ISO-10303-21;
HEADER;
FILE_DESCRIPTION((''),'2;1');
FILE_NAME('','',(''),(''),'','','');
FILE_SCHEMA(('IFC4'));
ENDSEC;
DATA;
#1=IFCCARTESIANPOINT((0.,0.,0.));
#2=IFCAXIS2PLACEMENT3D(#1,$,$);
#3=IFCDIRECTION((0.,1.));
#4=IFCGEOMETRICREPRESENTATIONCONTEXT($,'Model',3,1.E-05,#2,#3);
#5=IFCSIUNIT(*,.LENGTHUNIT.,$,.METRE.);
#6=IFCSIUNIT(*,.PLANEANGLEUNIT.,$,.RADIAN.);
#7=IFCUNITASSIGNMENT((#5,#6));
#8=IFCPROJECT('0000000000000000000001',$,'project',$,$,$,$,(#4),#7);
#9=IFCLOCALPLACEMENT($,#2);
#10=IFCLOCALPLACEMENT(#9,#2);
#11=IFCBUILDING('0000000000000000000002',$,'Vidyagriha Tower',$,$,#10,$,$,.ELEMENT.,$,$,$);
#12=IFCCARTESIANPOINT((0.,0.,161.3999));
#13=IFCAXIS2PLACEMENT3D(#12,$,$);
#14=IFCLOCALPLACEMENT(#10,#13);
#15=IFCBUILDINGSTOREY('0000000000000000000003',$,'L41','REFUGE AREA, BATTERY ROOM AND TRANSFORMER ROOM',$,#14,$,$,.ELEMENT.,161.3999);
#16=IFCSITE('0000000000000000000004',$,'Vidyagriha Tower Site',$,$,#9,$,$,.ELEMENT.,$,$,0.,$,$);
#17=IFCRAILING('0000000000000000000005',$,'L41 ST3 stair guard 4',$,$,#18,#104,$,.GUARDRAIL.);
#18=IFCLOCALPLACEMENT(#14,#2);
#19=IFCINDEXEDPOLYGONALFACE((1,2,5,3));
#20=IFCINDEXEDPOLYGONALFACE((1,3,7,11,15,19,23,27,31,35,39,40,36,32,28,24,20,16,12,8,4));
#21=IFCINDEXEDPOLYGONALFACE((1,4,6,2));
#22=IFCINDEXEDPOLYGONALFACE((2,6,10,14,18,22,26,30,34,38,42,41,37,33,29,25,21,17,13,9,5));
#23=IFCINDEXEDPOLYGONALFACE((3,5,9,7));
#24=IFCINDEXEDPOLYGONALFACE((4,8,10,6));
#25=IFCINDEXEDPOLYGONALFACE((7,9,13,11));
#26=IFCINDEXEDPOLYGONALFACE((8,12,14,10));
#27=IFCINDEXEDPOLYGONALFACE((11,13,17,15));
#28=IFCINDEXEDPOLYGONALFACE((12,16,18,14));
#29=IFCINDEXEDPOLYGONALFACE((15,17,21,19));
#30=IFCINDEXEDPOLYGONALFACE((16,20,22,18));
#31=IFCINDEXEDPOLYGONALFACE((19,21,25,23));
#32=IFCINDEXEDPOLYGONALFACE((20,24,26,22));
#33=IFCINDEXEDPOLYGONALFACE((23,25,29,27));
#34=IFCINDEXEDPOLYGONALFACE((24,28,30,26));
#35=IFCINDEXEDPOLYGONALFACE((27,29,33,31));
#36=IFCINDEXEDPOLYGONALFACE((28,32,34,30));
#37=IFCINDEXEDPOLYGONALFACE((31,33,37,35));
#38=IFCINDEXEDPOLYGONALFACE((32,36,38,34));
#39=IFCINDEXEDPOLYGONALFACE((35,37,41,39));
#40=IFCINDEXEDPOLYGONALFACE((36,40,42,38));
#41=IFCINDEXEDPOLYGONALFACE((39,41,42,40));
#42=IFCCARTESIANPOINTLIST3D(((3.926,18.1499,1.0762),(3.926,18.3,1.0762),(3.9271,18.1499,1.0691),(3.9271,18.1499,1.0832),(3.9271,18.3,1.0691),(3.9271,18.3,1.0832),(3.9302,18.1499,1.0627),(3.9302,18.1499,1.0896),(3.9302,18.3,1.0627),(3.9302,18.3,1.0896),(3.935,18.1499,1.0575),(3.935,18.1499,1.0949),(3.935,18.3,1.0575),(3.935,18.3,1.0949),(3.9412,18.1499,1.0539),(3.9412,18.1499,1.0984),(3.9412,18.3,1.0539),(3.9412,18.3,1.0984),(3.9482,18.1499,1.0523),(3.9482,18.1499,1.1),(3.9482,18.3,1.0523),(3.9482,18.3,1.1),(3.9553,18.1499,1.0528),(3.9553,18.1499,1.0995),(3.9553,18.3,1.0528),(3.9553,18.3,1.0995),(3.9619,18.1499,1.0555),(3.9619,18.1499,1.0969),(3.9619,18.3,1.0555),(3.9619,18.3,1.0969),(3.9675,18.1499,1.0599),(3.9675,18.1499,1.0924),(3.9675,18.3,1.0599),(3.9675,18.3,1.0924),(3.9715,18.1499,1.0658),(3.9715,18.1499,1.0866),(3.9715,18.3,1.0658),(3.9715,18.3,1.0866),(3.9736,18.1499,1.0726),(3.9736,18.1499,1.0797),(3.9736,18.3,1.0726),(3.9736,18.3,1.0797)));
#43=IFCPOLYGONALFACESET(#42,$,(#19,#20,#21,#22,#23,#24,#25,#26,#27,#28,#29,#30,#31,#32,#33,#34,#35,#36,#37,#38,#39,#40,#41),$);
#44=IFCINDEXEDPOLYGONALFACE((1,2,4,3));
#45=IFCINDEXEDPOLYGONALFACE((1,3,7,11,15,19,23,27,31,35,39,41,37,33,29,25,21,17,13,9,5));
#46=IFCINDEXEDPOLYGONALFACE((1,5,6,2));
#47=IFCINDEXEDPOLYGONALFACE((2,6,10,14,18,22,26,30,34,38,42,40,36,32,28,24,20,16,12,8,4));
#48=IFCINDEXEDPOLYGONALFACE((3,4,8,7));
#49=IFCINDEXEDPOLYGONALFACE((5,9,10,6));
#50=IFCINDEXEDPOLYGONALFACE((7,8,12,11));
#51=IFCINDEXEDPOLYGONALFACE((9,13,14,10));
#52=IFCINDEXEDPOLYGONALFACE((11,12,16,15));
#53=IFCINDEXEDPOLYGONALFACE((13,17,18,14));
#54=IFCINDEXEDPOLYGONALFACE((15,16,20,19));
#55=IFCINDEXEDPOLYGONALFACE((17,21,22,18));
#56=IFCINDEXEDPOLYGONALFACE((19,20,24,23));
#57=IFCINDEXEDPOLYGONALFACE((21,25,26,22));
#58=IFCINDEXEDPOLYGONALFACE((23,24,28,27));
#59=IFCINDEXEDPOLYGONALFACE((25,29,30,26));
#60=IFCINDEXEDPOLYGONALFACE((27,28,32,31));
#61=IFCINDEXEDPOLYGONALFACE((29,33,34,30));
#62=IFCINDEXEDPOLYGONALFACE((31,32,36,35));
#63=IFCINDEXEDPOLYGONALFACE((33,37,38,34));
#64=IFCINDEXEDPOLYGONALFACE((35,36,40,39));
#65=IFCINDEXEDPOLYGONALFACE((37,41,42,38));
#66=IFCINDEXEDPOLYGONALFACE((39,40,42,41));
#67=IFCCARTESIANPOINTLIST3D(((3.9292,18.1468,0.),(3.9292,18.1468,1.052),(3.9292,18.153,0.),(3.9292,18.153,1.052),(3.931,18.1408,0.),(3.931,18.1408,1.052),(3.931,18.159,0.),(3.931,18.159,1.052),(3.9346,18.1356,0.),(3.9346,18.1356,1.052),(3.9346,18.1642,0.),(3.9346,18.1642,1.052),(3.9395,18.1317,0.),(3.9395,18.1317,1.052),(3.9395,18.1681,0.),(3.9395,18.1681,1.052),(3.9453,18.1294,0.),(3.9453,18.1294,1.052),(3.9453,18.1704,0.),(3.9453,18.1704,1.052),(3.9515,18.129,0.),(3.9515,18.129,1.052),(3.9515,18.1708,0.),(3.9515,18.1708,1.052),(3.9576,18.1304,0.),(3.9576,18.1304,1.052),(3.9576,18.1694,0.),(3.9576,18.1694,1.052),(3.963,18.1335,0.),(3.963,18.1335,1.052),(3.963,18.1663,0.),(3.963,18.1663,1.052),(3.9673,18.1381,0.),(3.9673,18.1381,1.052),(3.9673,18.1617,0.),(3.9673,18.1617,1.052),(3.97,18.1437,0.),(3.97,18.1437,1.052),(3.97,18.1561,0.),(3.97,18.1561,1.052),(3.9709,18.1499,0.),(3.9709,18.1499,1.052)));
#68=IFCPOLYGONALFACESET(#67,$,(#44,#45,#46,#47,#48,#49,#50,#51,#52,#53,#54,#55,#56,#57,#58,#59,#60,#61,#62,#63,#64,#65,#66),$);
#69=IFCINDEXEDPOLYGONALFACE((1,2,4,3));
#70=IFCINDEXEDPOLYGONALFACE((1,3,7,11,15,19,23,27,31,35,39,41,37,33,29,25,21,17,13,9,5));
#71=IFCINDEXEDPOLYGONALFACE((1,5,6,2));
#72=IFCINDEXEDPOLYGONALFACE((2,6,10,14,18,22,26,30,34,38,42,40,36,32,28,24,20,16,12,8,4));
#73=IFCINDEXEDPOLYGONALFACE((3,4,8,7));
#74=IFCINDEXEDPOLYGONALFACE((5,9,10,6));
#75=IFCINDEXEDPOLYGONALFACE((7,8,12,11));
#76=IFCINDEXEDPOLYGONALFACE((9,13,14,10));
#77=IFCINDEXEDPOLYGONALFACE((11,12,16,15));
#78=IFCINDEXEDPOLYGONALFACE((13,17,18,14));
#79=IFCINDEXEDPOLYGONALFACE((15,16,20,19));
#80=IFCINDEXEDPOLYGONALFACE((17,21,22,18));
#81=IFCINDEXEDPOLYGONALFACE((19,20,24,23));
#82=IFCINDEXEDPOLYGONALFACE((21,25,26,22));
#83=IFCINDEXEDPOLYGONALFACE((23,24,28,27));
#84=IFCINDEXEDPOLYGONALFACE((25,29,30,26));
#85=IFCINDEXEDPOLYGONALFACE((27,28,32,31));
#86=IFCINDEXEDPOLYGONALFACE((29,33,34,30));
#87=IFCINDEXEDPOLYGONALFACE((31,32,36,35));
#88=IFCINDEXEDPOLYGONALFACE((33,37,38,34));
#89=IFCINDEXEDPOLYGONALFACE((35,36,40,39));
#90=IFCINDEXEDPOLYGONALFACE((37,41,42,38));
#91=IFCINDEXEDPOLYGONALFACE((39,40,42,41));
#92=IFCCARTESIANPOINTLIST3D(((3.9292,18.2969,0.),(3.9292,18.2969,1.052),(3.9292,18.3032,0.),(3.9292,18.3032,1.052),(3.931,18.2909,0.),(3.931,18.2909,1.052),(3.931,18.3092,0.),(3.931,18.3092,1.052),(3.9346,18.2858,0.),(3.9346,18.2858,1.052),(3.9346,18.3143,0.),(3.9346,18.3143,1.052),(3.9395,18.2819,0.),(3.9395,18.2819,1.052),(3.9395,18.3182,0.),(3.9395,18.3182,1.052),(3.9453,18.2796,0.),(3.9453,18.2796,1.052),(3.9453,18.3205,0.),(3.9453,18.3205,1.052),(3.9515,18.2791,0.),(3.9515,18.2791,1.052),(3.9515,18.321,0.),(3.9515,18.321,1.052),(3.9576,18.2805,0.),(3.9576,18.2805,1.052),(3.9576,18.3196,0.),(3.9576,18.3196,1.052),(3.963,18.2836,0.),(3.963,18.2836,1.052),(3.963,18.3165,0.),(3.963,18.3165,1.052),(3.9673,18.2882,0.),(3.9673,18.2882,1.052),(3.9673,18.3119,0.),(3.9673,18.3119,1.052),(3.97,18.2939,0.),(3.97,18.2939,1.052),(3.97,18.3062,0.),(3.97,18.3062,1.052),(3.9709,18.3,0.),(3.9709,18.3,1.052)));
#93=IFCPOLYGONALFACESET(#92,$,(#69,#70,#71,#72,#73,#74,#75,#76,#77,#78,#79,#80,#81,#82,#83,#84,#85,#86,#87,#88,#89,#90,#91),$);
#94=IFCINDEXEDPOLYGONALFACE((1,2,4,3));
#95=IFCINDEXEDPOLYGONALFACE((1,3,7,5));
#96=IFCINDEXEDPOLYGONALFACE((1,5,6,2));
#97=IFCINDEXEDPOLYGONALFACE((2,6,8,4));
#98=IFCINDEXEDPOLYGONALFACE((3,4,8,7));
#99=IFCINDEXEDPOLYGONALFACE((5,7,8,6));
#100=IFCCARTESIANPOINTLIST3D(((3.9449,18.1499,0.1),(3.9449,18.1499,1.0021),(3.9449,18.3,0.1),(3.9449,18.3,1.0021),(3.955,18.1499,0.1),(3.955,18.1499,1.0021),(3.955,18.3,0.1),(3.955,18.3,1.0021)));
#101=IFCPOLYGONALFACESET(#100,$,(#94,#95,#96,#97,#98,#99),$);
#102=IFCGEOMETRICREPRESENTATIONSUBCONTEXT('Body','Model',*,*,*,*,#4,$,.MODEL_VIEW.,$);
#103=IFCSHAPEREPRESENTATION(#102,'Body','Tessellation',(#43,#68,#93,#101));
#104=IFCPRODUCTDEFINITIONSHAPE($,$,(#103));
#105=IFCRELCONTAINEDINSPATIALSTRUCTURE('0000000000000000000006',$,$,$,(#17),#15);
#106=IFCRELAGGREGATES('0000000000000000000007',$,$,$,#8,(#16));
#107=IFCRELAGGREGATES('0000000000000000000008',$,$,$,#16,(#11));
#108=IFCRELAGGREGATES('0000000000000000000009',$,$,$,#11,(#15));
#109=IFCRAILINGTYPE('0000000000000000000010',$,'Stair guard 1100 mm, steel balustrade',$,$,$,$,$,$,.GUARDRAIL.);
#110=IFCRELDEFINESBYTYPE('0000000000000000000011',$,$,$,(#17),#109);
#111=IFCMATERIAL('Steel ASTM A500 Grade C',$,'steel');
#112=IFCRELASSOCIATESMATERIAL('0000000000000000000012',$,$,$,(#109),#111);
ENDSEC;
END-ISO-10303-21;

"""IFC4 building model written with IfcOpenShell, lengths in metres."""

from ifc_helpers import new_model, si_unit, direction, frame, origin, origin_2d, place, context, subcontext, project, spatial, rectangle, circle, extrude, material, type_object, element, save


model = new_model("IFC4")

# Units and contexts
model_context = context("Model", 3, precision=1e-05, world=origin(), true_north=direction((0.0, 1.0)))
body_context = subcontext(model_context, "Body", "Model", "MODEL_VIEW")
ifc_project = project(units=[si_unit("LENGTHUNIT", "METRE"), si_unit("PLANEANGLEUNIT", "RADIAN")], contexts=[model_context])

# Site, building, storey
site_placement = place(None, origin())
site = spatial("IfcSite", under=ifc_project, at=site_placement, Name="Vidyagriha Tower Site", CompositionType="ELEMENT", RefElevation=0.0)
building_placement = place(site_placement, origin())
building = spatial("IfcBuilding", under=site, at=building_placement, Name="Vidyagriha Tower", CompositionType="ELEMENT")
storey_placement = place(building_placement, frame((0.0, 0.0, 161.3999)))
storey = spatial("IfcBuildingStorey", under=building, at=storey_placement, Name="L41", Description="REFUGE AREA, BATTERY ROOM AND TRANSFORMER ROOM", CompositionType="ELEMENT", Elevation=161.3999)

# Railing
ifc_material_1 = material(Name="Steel ASTM A500 Grade C", Category="steel")
railing_type_1 = type_object("IfcRailingType", Name="Stair guard 1100 mm, steel balustrade", PredefinedType="GUARDRAIL", material=ifc_material_1)
railing_1_placement = place(storey_placement, frame((3.95, 18.1499, 0.0)))
element("IfcRailing", 1, at=railing_1_placement, inside=storey, type_object=railing_type_1, Name="L41 ST3 stair guard 4", PredefinedType="GUARDRAIL", context=body_context, shape_type="SweptSolid", body=[
    extrude(circle(Radius=0.0239, at=origin_2d()), frame((0.0, 0.0, 1.0762), z_axis=(0.0, 1.0, 0.0), x_axis=(-1.0, 0.0, 0.0)), (0.0, 0.0, 1.0), 0.1501),
    extrude(circle(Radius=0.021, at=origin_2d()), origin(), (0.0, 0.0, 1.0), 1.052),
    extrude(circle(Radius=0.021, at=origin_2d()), frame((0.0, 0.1501, 0.0)), (0.0, 0.0, 1.0), 1.052),
    extrude(rectangle(XDim=0.01, YDim=0.9021, at=origin_2d()), frame((0.0, 0.0, 0.551), z_axis=(0.0, 1.0, 0.0), x_axis=(-1.0, 0.0, 0.0)), (0.0, 0.0, 1.0), 0.1501),
])

save(model, "model.ifc")
